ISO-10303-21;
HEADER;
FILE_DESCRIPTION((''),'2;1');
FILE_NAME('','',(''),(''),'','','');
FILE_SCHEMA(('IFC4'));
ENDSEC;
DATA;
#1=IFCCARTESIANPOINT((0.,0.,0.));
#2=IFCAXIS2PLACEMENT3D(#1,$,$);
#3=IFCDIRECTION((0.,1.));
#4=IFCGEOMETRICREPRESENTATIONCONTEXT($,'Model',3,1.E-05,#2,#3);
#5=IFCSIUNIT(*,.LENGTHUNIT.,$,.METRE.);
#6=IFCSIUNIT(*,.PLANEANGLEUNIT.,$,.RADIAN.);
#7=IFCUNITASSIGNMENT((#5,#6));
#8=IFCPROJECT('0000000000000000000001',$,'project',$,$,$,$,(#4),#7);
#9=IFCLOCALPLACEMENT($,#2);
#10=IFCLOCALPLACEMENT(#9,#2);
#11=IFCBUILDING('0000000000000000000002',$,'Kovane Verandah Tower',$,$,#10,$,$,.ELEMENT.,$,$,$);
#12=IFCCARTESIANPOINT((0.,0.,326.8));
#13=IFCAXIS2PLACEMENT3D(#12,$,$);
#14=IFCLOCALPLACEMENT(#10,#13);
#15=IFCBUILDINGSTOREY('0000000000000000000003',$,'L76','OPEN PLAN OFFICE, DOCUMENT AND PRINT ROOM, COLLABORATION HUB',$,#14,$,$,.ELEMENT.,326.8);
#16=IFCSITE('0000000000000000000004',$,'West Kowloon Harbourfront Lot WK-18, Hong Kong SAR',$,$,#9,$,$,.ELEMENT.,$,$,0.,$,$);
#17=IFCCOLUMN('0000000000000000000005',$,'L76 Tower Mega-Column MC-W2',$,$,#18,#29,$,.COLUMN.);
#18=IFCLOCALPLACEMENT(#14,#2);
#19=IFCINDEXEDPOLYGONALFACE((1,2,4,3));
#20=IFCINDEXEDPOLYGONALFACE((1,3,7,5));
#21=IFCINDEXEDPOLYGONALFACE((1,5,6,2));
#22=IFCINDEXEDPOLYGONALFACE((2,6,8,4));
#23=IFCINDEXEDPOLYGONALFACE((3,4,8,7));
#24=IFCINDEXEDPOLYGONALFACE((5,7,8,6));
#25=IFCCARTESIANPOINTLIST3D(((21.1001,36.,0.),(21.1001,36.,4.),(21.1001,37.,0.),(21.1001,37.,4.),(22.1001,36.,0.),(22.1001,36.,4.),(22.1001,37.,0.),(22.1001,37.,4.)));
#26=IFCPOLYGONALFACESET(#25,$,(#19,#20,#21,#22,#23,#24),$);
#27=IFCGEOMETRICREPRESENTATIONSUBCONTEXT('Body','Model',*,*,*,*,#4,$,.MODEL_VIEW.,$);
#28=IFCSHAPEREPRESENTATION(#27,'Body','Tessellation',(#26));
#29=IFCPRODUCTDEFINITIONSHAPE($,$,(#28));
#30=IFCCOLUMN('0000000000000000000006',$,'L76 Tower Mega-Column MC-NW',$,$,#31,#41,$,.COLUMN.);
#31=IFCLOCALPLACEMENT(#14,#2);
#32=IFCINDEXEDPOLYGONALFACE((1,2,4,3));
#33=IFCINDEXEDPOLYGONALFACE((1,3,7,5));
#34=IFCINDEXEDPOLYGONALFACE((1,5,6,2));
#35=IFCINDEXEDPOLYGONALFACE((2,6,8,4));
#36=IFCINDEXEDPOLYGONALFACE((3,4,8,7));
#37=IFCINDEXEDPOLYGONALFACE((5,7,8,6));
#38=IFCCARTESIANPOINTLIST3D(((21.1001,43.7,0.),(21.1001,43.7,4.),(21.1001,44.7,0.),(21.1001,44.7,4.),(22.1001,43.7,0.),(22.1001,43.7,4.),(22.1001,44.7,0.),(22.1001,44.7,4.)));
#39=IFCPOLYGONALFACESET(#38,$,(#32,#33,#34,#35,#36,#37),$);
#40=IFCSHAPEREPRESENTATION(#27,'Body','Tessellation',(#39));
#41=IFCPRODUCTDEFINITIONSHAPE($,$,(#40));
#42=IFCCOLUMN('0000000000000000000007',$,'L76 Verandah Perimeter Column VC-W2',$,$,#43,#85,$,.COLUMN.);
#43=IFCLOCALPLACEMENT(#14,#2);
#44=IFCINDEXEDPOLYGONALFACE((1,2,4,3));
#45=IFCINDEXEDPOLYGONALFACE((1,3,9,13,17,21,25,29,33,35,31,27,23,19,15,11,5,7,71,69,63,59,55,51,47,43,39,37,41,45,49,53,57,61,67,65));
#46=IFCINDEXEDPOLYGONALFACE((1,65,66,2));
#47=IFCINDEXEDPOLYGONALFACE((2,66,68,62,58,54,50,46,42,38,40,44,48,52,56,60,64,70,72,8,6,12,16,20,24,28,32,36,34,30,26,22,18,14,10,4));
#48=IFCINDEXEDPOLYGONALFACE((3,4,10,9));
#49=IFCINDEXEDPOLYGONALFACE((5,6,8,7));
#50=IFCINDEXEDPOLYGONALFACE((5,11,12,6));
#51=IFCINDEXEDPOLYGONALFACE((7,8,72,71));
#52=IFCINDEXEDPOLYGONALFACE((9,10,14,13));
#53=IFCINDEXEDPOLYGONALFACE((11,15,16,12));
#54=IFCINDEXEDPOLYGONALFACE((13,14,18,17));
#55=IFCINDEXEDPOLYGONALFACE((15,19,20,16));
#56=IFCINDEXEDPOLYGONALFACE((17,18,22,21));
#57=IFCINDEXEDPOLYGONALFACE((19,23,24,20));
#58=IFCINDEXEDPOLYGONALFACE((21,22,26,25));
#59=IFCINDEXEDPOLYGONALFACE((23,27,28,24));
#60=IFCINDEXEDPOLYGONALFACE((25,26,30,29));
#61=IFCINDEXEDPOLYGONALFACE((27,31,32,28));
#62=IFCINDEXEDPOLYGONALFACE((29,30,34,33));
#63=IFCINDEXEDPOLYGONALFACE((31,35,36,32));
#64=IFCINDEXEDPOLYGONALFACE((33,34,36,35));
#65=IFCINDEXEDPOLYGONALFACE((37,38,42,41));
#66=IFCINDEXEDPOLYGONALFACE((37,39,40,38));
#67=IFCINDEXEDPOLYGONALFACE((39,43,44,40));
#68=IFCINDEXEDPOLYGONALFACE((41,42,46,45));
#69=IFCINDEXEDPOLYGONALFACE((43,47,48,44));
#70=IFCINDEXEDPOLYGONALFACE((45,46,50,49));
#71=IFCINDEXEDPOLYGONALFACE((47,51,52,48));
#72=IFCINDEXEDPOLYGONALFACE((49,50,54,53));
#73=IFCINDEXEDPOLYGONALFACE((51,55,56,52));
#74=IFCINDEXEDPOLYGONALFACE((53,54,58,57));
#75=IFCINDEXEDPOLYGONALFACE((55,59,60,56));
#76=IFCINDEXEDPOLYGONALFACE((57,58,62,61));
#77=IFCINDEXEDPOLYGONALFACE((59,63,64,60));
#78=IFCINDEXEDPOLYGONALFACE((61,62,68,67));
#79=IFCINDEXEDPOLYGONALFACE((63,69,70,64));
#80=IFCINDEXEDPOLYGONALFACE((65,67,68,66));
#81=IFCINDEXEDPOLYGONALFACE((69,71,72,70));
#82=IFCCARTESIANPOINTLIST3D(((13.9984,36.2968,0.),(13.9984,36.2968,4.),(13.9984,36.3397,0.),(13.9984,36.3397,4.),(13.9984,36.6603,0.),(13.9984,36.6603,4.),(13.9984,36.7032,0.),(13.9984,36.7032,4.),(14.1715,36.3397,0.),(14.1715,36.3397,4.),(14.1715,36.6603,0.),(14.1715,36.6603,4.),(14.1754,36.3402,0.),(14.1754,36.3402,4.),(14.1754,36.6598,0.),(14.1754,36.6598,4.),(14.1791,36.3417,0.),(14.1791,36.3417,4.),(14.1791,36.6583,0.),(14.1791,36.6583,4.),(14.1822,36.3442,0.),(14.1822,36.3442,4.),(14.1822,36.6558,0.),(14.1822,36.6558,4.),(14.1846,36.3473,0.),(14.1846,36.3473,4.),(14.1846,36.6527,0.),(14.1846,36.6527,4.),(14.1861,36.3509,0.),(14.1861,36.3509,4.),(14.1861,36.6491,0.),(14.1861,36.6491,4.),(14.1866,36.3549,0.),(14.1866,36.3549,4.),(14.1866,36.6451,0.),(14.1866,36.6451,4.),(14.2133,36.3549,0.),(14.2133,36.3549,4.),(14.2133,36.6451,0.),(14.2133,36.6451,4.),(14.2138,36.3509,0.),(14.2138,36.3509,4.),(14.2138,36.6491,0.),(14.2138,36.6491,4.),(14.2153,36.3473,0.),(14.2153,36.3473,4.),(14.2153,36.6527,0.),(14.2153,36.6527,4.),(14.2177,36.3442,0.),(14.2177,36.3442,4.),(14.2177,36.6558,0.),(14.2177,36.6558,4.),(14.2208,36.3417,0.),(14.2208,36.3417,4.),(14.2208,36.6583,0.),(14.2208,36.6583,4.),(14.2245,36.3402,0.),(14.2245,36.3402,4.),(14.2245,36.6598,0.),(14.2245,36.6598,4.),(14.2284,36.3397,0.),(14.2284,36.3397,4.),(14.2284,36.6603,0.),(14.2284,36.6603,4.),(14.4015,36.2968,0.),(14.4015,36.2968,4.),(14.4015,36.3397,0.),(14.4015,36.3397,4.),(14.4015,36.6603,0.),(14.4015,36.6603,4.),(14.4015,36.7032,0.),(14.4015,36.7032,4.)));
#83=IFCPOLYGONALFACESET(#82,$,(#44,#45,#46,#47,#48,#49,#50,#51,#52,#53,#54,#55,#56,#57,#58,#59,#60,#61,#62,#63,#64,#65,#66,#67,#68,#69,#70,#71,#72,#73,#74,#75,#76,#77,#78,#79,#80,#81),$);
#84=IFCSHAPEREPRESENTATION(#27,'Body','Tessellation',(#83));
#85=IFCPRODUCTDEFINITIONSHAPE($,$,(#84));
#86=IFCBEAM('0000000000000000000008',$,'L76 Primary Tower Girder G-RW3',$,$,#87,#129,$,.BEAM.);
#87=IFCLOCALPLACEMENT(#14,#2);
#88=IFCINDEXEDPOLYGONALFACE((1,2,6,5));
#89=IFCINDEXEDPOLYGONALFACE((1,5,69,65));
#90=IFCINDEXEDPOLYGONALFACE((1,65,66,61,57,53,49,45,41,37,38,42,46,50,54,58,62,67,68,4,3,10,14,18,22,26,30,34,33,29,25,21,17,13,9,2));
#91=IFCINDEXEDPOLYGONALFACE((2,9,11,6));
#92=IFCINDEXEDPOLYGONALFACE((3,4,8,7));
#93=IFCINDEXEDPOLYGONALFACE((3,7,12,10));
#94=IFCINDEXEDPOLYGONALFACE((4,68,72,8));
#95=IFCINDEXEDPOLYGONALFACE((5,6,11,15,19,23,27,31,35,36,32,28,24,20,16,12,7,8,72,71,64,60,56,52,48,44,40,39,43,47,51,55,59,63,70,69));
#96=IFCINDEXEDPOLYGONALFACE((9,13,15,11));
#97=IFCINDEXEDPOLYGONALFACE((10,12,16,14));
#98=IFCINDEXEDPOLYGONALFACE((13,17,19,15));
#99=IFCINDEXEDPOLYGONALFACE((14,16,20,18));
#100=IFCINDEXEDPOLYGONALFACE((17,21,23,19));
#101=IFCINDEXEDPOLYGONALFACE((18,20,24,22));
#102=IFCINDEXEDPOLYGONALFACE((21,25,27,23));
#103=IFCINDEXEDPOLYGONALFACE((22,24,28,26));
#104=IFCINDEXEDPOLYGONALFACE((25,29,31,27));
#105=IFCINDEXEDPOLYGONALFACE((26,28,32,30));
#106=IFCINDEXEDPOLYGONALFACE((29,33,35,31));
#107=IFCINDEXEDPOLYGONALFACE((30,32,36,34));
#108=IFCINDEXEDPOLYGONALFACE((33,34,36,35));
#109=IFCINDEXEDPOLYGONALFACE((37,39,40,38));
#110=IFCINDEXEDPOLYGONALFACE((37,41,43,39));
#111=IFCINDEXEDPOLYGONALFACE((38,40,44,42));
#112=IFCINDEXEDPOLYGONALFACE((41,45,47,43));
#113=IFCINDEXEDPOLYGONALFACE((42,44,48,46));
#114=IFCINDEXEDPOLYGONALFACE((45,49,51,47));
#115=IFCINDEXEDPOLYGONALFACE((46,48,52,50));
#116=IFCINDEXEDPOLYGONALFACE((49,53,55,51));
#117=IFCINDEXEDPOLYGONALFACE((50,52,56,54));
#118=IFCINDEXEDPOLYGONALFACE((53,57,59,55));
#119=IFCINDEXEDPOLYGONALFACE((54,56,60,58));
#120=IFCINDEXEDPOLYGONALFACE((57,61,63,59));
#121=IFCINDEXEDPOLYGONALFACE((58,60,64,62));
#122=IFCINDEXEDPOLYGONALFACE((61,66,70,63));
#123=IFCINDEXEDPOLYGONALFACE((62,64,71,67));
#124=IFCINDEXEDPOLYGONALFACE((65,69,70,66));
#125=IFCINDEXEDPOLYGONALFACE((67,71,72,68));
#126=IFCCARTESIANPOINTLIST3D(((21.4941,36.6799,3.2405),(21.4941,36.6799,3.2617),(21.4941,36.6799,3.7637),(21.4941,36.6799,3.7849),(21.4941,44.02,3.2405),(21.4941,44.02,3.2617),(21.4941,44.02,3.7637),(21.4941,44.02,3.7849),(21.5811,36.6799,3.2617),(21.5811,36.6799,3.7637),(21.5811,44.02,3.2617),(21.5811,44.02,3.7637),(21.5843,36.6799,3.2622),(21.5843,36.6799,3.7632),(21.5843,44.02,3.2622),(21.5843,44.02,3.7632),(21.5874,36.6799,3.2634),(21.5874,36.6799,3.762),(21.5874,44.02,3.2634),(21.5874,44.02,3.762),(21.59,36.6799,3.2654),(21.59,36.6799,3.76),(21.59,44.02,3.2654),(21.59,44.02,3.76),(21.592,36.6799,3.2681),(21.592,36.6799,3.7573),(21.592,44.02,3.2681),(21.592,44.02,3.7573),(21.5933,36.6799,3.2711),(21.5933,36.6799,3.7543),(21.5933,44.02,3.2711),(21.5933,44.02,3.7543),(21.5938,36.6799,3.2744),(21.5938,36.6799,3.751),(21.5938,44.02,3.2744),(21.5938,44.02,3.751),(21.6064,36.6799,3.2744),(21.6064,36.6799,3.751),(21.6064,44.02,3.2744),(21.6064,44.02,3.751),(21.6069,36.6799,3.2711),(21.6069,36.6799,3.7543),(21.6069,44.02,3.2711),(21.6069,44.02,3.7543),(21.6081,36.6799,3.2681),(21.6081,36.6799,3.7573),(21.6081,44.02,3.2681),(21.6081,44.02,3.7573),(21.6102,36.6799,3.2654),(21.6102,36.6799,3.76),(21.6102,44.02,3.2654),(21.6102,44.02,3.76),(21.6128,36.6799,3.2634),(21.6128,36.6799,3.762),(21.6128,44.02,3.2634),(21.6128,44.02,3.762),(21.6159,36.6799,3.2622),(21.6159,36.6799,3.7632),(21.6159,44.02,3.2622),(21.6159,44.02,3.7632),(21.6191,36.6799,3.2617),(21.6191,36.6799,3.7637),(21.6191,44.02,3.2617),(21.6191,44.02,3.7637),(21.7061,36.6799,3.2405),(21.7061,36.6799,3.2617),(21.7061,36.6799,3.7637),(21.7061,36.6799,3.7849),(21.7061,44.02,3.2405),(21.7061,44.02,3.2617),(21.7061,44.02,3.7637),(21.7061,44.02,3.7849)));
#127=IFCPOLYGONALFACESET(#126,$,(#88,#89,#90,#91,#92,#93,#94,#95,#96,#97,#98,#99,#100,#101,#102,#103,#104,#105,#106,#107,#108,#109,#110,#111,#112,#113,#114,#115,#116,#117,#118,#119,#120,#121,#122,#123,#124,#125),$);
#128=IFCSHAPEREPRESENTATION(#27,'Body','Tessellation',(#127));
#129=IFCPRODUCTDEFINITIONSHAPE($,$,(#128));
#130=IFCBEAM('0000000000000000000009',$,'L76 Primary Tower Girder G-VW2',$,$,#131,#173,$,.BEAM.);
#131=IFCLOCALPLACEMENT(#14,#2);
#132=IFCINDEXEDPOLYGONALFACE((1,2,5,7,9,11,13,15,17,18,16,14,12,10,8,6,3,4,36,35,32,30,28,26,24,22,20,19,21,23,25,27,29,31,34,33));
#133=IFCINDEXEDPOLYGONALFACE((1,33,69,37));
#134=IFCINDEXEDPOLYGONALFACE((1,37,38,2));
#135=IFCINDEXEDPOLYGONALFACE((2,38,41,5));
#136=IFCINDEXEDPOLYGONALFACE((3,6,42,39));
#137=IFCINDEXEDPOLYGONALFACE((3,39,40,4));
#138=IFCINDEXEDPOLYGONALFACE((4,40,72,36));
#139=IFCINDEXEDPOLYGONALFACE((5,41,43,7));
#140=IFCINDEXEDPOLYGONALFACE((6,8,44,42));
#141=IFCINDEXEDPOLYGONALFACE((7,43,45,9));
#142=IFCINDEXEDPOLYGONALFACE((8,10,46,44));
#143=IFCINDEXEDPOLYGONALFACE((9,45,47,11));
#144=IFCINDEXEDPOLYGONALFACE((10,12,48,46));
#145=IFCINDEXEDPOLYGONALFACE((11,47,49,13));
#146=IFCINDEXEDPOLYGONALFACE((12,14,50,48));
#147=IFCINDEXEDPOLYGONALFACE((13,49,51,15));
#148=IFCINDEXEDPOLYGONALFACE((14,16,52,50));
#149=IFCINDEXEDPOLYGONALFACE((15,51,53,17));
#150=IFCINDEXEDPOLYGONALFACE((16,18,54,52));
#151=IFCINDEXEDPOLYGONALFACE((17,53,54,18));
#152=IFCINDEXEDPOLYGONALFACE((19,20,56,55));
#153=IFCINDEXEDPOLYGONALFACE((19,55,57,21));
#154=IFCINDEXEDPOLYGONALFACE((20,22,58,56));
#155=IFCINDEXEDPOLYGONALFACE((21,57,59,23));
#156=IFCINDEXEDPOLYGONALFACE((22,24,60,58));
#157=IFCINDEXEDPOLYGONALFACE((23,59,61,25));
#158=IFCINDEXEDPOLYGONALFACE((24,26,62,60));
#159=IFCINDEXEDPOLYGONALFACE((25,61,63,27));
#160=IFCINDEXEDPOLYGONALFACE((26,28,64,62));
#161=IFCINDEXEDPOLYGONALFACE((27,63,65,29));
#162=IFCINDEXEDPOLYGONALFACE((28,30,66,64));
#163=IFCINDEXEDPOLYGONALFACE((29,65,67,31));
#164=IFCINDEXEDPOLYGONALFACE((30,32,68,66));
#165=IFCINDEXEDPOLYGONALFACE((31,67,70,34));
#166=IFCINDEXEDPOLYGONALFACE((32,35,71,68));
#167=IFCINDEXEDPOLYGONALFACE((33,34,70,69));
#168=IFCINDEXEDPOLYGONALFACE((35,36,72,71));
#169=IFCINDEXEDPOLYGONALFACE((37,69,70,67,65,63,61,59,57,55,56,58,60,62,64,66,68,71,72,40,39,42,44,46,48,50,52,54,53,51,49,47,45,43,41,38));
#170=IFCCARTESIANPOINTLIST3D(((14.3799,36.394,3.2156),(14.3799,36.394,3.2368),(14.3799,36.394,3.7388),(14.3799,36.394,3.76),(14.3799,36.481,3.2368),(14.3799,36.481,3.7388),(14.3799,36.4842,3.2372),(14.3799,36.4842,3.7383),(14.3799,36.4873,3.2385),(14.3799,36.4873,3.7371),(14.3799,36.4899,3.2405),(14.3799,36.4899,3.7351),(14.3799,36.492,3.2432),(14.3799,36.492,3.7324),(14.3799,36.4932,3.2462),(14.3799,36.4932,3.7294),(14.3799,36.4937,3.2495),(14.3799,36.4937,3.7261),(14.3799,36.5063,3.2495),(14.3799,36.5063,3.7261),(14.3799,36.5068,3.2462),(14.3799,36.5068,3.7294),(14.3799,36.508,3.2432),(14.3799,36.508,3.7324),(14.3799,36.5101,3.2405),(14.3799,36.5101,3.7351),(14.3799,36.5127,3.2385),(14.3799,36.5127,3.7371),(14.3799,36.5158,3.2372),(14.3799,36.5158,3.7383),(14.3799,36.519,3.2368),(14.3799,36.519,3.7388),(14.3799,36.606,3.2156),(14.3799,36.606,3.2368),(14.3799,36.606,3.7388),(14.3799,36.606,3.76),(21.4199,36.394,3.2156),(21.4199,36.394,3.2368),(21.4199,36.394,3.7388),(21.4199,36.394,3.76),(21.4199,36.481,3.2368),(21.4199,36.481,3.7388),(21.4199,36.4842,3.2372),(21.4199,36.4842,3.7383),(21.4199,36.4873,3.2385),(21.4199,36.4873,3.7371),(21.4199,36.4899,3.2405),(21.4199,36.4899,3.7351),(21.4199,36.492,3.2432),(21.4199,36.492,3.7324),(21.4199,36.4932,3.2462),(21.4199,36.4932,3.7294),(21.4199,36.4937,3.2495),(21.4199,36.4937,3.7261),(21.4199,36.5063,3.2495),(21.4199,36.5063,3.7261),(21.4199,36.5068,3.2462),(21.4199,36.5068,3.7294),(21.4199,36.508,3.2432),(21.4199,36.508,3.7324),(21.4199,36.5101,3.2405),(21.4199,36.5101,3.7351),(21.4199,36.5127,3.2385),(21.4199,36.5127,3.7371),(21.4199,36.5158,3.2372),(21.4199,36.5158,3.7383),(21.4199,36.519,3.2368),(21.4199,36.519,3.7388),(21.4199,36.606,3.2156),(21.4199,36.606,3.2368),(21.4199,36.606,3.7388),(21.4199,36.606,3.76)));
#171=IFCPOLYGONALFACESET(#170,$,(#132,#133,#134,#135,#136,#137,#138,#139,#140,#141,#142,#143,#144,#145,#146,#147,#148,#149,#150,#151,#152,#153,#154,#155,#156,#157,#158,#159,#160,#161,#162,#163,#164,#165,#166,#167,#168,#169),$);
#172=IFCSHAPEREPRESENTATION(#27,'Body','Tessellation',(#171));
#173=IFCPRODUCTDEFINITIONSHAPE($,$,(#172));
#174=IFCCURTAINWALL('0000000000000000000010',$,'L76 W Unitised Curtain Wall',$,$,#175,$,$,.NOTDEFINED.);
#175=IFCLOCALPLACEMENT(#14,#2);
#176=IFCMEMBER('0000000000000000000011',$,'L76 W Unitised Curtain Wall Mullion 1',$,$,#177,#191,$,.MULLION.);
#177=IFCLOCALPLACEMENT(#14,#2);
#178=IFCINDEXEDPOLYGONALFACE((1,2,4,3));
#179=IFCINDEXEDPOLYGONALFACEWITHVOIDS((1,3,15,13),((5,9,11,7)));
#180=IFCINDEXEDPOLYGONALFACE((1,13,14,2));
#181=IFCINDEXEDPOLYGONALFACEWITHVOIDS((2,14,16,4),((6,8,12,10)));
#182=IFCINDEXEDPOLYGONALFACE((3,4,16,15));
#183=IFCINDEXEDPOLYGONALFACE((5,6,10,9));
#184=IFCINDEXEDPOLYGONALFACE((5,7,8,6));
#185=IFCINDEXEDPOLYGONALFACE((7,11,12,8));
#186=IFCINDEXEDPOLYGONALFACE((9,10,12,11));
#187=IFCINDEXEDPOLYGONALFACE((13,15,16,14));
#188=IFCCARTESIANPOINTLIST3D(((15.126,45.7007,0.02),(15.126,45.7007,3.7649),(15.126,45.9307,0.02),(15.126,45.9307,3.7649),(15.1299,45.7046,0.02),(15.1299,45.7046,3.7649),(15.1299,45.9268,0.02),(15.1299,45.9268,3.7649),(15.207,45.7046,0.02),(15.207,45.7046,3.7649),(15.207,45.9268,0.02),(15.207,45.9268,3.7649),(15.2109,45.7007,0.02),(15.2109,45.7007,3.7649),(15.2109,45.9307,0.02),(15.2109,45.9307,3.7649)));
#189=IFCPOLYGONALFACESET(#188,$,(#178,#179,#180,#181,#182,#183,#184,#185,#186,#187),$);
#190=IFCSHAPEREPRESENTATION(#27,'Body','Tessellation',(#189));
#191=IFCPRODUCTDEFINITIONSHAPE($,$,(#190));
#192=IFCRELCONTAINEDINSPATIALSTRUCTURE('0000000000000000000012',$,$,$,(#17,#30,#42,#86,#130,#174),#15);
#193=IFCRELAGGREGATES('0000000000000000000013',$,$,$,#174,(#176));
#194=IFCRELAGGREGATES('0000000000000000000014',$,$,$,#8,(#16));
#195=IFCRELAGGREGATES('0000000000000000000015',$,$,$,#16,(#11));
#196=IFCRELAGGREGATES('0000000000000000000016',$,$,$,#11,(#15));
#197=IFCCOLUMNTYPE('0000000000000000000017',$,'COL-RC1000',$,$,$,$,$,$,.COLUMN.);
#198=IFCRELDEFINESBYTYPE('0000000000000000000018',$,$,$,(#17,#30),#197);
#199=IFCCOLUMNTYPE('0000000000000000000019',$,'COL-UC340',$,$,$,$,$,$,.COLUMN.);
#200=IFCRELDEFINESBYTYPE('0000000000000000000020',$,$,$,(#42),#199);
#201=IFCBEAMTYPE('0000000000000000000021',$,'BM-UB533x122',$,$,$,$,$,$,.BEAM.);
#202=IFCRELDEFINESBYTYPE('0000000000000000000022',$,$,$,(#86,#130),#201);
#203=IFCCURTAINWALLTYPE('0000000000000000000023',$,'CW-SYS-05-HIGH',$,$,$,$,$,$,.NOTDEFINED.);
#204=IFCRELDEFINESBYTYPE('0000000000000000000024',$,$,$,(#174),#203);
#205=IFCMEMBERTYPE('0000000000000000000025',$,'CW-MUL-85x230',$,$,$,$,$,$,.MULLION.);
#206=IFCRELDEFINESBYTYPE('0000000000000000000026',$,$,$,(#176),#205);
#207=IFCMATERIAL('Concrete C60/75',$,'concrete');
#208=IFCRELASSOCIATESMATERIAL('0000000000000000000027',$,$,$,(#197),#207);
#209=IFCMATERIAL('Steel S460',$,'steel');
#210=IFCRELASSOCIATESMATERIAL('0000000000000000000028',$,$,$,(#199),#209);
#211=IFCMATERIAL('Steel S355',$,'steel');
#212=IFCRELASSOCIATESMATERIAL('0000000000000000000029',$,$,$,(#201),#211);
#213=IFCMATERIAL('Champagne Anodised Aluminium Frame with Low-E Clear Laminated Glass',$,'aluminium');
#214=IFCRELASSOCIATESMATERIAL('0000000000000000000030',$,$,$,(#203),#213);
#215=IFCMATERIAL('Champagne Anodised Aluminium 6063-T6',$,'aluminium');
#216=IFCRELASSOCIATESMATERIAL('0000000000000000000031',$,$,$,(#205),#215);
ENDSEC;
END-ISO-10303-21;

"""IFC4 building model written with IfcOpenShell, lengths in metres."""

from ifc_helpers import new_model, si_unit, direction, frame, origin, origin_2d, place, context, subcontext, project, spatial, rectangle, hollow_rectangle, i_section, extrude, material, material_profile, profile_set, type_object, element, aggregate, save


model = new_model("IFC4")

# Units and contexts
model_context = context("Model", 3, precision=1e-05, world=origin(), true_north=direction((0.0, 1.0)))
body_context = subcontext(model_context, "Body", "Model", "MODEL_VIEW")
ifc_project = project(units=[si_unit("LENGTHUNIT", "METRE"), si_unit("PLANEANGLEUNIT", "RADIAN")], contexts=[model_context])

# Site, building, storey
site_placement = place(None, origin())
site = spatial("IfcSite", under=ifc_project, at=site_placement, Name="West Kowloon Harbourfront Lot WK-18, Hong Kong SAR", CompositionType="ELEMENT", RefElevation=0.0)
building_placement = place(site_placement, origin())
building = spatial("IfcBuilding", under=site, at=building_placement, Name="Kovane Verandah Tower", CompositionType="ELEMENT")
storey_placement = place(building_placement, frame((0.0, 0.0, 326.8)))
storey = spatial("IfcBuildingStorey", under=building, at=storey_placement, Name="L76", Description="OPEN PLAN OFFICE, DOCUMENT AND PRINT ROOM, COLLABORATION HUB", CompositionType="ELEMENT", Elevation=326.8)

# Columns
ifc_material_1 = material(Name="Concrete C60/75", Category="concrete")
ifc_material_profile_1 = material_profile(ifc_material_1, rectangle(XDim=1.0, YDim=1.0, at=origin_2d()), Name="RC1000x1000")
ifc_profile_set_1 = profile_set([ifc_material_profile_1], Name="Concrete C60/75")
column_type_1 = type_object("IfcColumnType", Name="COL-RC1000", PredefinedType="COLUMN", material=ifc_profile_set_1)
for number, where, z_axis, x_axis, name in (
    (1, (21.6001, 36.5, 0.0), (0.0, 0.0, 1.0), (1.0, 0.0, 0.0), "L76 Tower Mega-Column MC-W2"),
    (2, (21.6001, 44.2, 0.0), (0.0, 0.0, 1.0), (1.0, 0.0, 0.0), "L76 Tower Mega-Column MC-NW"),
):
    element("IfcColumn", number, at=place(storey_placement, frame(where, z_axis=z_axis, x_axis=x_axis)), inside=storey, type_object=column_type_1, Name=name, PredefinedType="COLUMN", context=body_context, shape_type="SweptSolid", body=[
        extrude(rectangle(XDim=1.0, YDim=1.0, at=origin_2d()), origin(), (0.0, 0.0, 1.0), 4.0),
    ])
ifc_material_2 = material(Name="Steel S460", Category="steel")
ifc_material_profile_2 = material_profile(ifc_material_2, i_section(OverallWidth=0.4031, OverallDepth=0.4065, WebThickness=0.0266, FlangeThickness=0.043, FilletRadius=0.0151, at=origin_2d()), Name="UC356x406x340")
ifc_profile_set_2 = profile_set([ifc_material_profile_2], Name="Steel S460")
column_type_2 = type_object("IfcColumnType", Name="COL-UC340", PredefinedType="COLUMN", material=ifc_profile_set_2)
column_placement = place(storey_placement, frame((14.2, 36.5, 0.0), z_axis=(0.0, 0.0, 1.0), x_axis=(1.0, 0.0, 0.0)))
element("IfcColumn", 3, at=column_placement, inside=storey, type_object=column_type_2, Name="L76 Verandah Perimeter Column VC-W2", PredefinedType="COLUMN", context=body_context, shape_type="SweptSolid", body=[
    extrude(i_section(OverallWidth=0.4031, OverallDepth=0.4065, WebThickness=0.0266, FlangeThickness=0.043, FilletRadius=0.0151, at=origin_2d()), origin(), (0.0, 0.0, 1.0), 4.0),
])

# Beams
ifc_material_3 = material(Name="Steel S355", Category="steel")
ifc_material_profile_3 = material_profile(ifc_material_3, i_section(OverallWidth=0.2119, OverallDepth=0.5444, WebThickness=0.0127, FlangeThickness=0.0212, FilletRadius=0.0127, at=origin_2d()), Name="UB533x210x122")
ifc_profile_set_3 = profile_set([ifc_material_profile_3], Name="Steel S355")
beam_type_1 = type_object("IfcBeamType", Name="BM-UB533x122", PredefinedType="BEAM", material=ifc_profile_set_3)
beam_1_placement = place(storey_placement, frame((21.6001, 36.6799, 3.5127), z_axis=(0.0, 1.0, 0.0), x_axis=(-1.0, 0.0, 0.0)))
element("IfcBeam", 4, at=beam_1_placement, inside=storey, type_object=beam_type_1, Name="L76 Primary Tower Girder G-RW3", PredefinedType="BEAM", context=body_context, shape_type="SweptSolid", body=[
    extrude(i_section(OverallWidth=0.2119, OverallDepth=0.5444, WebThickness=0.0127, FlangeThickness=0.0212, FilletRadius=0.0127, at=origin_2d()), origin(), (0.0, 0.0, 1.0), 7.3401),
])
beam_2_placement = place(storey_placement, frame((21.4199, 36.5, 3.4878), z_axis=(-1.0, 0.0, 0.0), x_axis=(0.0, -1.0, 0.0)))
element("IfcBeam", 5, at=beam_2_placement, inside=storey, type_object=beam_type_1, Name="L76 Primary Tower Girder G-VW2", PredefinedType="BEAM", context=body_context, shape_type="SweptSolid", body=[
    extrude(i_section(OverallWidth=0.2119, OverallDepth=0.5444, WebThickness=0.0127, FlangeThickness=0.0212, FilletRadius=0.0127, at=origin_2d()), origin(), (0.0, 0.0, 1.0), 7.04),
])

# Curtain wall, member
ifc_material_4 = material(Name="Champagne Anodised Aluminium Frame with Low-E Clear Laminated Glass", Category="aluminium")
curtain_wall_type = type_object("IfcCurtainWallType", Name="CW-SYS-05-HIGH", PredefinedType="NOTDEFINED", material=ifc_material_4)
curtain_wall_placement = place(storey_placement, origin())
curtain_wall = element("IfcCurtainWall", 6, at=curtain_wall_placement, inside=storey, type_object=curtain_wall_type, Name="L76 W Unitised Curtain Wall", PredefinedType="NOTDEFINED")
ifc_material_5 = material(Name="Champagne Anodised Aluminium 6063-T6", Category="aluminium")
ifc_material_profile_4 = material_profile(ifc_material_5, hollow_rectangle(XDim=0.085, YDim=0.23, WallThickness=0.0039, at=origin_2d()), Name="AL85x230x4")
ifc_profile_set_4 = profile_set([ifc_material_profile_4], Name="Champagne Anodised Aluminium 6063-T6")
member_type_1 = type_object("IfcMemberType", Name="CW-MUL-85x230", PredefinedType="MULLION", material=ifc_profile_set_4)
member_1_placement = place(storey_placement, frame((15.1685, 45.8157, 0.02), z_axis=(0.0, 0.0, 1.0), x_axis=(-1.0, 0.0, 0.0)))
member_1 = element("IfcMember", 7, at=member_1_placement, type_object=member_type_1, Name="L76 W Unitised Curtain Wall Mullion 1", PredefinedType="MULLION", context=body_context, shape_type="SweptSolid", body=[
    extrude(hollow_rectangle(XDim=0.085, YDim=0.23, WallThickness=0.0039, at=origin_2d()), origin(), (0.0, 0.0, 1.0), 3.7449),
])

aggregate(curtain_wall, [member_1])

save(model, "model.ifc")
